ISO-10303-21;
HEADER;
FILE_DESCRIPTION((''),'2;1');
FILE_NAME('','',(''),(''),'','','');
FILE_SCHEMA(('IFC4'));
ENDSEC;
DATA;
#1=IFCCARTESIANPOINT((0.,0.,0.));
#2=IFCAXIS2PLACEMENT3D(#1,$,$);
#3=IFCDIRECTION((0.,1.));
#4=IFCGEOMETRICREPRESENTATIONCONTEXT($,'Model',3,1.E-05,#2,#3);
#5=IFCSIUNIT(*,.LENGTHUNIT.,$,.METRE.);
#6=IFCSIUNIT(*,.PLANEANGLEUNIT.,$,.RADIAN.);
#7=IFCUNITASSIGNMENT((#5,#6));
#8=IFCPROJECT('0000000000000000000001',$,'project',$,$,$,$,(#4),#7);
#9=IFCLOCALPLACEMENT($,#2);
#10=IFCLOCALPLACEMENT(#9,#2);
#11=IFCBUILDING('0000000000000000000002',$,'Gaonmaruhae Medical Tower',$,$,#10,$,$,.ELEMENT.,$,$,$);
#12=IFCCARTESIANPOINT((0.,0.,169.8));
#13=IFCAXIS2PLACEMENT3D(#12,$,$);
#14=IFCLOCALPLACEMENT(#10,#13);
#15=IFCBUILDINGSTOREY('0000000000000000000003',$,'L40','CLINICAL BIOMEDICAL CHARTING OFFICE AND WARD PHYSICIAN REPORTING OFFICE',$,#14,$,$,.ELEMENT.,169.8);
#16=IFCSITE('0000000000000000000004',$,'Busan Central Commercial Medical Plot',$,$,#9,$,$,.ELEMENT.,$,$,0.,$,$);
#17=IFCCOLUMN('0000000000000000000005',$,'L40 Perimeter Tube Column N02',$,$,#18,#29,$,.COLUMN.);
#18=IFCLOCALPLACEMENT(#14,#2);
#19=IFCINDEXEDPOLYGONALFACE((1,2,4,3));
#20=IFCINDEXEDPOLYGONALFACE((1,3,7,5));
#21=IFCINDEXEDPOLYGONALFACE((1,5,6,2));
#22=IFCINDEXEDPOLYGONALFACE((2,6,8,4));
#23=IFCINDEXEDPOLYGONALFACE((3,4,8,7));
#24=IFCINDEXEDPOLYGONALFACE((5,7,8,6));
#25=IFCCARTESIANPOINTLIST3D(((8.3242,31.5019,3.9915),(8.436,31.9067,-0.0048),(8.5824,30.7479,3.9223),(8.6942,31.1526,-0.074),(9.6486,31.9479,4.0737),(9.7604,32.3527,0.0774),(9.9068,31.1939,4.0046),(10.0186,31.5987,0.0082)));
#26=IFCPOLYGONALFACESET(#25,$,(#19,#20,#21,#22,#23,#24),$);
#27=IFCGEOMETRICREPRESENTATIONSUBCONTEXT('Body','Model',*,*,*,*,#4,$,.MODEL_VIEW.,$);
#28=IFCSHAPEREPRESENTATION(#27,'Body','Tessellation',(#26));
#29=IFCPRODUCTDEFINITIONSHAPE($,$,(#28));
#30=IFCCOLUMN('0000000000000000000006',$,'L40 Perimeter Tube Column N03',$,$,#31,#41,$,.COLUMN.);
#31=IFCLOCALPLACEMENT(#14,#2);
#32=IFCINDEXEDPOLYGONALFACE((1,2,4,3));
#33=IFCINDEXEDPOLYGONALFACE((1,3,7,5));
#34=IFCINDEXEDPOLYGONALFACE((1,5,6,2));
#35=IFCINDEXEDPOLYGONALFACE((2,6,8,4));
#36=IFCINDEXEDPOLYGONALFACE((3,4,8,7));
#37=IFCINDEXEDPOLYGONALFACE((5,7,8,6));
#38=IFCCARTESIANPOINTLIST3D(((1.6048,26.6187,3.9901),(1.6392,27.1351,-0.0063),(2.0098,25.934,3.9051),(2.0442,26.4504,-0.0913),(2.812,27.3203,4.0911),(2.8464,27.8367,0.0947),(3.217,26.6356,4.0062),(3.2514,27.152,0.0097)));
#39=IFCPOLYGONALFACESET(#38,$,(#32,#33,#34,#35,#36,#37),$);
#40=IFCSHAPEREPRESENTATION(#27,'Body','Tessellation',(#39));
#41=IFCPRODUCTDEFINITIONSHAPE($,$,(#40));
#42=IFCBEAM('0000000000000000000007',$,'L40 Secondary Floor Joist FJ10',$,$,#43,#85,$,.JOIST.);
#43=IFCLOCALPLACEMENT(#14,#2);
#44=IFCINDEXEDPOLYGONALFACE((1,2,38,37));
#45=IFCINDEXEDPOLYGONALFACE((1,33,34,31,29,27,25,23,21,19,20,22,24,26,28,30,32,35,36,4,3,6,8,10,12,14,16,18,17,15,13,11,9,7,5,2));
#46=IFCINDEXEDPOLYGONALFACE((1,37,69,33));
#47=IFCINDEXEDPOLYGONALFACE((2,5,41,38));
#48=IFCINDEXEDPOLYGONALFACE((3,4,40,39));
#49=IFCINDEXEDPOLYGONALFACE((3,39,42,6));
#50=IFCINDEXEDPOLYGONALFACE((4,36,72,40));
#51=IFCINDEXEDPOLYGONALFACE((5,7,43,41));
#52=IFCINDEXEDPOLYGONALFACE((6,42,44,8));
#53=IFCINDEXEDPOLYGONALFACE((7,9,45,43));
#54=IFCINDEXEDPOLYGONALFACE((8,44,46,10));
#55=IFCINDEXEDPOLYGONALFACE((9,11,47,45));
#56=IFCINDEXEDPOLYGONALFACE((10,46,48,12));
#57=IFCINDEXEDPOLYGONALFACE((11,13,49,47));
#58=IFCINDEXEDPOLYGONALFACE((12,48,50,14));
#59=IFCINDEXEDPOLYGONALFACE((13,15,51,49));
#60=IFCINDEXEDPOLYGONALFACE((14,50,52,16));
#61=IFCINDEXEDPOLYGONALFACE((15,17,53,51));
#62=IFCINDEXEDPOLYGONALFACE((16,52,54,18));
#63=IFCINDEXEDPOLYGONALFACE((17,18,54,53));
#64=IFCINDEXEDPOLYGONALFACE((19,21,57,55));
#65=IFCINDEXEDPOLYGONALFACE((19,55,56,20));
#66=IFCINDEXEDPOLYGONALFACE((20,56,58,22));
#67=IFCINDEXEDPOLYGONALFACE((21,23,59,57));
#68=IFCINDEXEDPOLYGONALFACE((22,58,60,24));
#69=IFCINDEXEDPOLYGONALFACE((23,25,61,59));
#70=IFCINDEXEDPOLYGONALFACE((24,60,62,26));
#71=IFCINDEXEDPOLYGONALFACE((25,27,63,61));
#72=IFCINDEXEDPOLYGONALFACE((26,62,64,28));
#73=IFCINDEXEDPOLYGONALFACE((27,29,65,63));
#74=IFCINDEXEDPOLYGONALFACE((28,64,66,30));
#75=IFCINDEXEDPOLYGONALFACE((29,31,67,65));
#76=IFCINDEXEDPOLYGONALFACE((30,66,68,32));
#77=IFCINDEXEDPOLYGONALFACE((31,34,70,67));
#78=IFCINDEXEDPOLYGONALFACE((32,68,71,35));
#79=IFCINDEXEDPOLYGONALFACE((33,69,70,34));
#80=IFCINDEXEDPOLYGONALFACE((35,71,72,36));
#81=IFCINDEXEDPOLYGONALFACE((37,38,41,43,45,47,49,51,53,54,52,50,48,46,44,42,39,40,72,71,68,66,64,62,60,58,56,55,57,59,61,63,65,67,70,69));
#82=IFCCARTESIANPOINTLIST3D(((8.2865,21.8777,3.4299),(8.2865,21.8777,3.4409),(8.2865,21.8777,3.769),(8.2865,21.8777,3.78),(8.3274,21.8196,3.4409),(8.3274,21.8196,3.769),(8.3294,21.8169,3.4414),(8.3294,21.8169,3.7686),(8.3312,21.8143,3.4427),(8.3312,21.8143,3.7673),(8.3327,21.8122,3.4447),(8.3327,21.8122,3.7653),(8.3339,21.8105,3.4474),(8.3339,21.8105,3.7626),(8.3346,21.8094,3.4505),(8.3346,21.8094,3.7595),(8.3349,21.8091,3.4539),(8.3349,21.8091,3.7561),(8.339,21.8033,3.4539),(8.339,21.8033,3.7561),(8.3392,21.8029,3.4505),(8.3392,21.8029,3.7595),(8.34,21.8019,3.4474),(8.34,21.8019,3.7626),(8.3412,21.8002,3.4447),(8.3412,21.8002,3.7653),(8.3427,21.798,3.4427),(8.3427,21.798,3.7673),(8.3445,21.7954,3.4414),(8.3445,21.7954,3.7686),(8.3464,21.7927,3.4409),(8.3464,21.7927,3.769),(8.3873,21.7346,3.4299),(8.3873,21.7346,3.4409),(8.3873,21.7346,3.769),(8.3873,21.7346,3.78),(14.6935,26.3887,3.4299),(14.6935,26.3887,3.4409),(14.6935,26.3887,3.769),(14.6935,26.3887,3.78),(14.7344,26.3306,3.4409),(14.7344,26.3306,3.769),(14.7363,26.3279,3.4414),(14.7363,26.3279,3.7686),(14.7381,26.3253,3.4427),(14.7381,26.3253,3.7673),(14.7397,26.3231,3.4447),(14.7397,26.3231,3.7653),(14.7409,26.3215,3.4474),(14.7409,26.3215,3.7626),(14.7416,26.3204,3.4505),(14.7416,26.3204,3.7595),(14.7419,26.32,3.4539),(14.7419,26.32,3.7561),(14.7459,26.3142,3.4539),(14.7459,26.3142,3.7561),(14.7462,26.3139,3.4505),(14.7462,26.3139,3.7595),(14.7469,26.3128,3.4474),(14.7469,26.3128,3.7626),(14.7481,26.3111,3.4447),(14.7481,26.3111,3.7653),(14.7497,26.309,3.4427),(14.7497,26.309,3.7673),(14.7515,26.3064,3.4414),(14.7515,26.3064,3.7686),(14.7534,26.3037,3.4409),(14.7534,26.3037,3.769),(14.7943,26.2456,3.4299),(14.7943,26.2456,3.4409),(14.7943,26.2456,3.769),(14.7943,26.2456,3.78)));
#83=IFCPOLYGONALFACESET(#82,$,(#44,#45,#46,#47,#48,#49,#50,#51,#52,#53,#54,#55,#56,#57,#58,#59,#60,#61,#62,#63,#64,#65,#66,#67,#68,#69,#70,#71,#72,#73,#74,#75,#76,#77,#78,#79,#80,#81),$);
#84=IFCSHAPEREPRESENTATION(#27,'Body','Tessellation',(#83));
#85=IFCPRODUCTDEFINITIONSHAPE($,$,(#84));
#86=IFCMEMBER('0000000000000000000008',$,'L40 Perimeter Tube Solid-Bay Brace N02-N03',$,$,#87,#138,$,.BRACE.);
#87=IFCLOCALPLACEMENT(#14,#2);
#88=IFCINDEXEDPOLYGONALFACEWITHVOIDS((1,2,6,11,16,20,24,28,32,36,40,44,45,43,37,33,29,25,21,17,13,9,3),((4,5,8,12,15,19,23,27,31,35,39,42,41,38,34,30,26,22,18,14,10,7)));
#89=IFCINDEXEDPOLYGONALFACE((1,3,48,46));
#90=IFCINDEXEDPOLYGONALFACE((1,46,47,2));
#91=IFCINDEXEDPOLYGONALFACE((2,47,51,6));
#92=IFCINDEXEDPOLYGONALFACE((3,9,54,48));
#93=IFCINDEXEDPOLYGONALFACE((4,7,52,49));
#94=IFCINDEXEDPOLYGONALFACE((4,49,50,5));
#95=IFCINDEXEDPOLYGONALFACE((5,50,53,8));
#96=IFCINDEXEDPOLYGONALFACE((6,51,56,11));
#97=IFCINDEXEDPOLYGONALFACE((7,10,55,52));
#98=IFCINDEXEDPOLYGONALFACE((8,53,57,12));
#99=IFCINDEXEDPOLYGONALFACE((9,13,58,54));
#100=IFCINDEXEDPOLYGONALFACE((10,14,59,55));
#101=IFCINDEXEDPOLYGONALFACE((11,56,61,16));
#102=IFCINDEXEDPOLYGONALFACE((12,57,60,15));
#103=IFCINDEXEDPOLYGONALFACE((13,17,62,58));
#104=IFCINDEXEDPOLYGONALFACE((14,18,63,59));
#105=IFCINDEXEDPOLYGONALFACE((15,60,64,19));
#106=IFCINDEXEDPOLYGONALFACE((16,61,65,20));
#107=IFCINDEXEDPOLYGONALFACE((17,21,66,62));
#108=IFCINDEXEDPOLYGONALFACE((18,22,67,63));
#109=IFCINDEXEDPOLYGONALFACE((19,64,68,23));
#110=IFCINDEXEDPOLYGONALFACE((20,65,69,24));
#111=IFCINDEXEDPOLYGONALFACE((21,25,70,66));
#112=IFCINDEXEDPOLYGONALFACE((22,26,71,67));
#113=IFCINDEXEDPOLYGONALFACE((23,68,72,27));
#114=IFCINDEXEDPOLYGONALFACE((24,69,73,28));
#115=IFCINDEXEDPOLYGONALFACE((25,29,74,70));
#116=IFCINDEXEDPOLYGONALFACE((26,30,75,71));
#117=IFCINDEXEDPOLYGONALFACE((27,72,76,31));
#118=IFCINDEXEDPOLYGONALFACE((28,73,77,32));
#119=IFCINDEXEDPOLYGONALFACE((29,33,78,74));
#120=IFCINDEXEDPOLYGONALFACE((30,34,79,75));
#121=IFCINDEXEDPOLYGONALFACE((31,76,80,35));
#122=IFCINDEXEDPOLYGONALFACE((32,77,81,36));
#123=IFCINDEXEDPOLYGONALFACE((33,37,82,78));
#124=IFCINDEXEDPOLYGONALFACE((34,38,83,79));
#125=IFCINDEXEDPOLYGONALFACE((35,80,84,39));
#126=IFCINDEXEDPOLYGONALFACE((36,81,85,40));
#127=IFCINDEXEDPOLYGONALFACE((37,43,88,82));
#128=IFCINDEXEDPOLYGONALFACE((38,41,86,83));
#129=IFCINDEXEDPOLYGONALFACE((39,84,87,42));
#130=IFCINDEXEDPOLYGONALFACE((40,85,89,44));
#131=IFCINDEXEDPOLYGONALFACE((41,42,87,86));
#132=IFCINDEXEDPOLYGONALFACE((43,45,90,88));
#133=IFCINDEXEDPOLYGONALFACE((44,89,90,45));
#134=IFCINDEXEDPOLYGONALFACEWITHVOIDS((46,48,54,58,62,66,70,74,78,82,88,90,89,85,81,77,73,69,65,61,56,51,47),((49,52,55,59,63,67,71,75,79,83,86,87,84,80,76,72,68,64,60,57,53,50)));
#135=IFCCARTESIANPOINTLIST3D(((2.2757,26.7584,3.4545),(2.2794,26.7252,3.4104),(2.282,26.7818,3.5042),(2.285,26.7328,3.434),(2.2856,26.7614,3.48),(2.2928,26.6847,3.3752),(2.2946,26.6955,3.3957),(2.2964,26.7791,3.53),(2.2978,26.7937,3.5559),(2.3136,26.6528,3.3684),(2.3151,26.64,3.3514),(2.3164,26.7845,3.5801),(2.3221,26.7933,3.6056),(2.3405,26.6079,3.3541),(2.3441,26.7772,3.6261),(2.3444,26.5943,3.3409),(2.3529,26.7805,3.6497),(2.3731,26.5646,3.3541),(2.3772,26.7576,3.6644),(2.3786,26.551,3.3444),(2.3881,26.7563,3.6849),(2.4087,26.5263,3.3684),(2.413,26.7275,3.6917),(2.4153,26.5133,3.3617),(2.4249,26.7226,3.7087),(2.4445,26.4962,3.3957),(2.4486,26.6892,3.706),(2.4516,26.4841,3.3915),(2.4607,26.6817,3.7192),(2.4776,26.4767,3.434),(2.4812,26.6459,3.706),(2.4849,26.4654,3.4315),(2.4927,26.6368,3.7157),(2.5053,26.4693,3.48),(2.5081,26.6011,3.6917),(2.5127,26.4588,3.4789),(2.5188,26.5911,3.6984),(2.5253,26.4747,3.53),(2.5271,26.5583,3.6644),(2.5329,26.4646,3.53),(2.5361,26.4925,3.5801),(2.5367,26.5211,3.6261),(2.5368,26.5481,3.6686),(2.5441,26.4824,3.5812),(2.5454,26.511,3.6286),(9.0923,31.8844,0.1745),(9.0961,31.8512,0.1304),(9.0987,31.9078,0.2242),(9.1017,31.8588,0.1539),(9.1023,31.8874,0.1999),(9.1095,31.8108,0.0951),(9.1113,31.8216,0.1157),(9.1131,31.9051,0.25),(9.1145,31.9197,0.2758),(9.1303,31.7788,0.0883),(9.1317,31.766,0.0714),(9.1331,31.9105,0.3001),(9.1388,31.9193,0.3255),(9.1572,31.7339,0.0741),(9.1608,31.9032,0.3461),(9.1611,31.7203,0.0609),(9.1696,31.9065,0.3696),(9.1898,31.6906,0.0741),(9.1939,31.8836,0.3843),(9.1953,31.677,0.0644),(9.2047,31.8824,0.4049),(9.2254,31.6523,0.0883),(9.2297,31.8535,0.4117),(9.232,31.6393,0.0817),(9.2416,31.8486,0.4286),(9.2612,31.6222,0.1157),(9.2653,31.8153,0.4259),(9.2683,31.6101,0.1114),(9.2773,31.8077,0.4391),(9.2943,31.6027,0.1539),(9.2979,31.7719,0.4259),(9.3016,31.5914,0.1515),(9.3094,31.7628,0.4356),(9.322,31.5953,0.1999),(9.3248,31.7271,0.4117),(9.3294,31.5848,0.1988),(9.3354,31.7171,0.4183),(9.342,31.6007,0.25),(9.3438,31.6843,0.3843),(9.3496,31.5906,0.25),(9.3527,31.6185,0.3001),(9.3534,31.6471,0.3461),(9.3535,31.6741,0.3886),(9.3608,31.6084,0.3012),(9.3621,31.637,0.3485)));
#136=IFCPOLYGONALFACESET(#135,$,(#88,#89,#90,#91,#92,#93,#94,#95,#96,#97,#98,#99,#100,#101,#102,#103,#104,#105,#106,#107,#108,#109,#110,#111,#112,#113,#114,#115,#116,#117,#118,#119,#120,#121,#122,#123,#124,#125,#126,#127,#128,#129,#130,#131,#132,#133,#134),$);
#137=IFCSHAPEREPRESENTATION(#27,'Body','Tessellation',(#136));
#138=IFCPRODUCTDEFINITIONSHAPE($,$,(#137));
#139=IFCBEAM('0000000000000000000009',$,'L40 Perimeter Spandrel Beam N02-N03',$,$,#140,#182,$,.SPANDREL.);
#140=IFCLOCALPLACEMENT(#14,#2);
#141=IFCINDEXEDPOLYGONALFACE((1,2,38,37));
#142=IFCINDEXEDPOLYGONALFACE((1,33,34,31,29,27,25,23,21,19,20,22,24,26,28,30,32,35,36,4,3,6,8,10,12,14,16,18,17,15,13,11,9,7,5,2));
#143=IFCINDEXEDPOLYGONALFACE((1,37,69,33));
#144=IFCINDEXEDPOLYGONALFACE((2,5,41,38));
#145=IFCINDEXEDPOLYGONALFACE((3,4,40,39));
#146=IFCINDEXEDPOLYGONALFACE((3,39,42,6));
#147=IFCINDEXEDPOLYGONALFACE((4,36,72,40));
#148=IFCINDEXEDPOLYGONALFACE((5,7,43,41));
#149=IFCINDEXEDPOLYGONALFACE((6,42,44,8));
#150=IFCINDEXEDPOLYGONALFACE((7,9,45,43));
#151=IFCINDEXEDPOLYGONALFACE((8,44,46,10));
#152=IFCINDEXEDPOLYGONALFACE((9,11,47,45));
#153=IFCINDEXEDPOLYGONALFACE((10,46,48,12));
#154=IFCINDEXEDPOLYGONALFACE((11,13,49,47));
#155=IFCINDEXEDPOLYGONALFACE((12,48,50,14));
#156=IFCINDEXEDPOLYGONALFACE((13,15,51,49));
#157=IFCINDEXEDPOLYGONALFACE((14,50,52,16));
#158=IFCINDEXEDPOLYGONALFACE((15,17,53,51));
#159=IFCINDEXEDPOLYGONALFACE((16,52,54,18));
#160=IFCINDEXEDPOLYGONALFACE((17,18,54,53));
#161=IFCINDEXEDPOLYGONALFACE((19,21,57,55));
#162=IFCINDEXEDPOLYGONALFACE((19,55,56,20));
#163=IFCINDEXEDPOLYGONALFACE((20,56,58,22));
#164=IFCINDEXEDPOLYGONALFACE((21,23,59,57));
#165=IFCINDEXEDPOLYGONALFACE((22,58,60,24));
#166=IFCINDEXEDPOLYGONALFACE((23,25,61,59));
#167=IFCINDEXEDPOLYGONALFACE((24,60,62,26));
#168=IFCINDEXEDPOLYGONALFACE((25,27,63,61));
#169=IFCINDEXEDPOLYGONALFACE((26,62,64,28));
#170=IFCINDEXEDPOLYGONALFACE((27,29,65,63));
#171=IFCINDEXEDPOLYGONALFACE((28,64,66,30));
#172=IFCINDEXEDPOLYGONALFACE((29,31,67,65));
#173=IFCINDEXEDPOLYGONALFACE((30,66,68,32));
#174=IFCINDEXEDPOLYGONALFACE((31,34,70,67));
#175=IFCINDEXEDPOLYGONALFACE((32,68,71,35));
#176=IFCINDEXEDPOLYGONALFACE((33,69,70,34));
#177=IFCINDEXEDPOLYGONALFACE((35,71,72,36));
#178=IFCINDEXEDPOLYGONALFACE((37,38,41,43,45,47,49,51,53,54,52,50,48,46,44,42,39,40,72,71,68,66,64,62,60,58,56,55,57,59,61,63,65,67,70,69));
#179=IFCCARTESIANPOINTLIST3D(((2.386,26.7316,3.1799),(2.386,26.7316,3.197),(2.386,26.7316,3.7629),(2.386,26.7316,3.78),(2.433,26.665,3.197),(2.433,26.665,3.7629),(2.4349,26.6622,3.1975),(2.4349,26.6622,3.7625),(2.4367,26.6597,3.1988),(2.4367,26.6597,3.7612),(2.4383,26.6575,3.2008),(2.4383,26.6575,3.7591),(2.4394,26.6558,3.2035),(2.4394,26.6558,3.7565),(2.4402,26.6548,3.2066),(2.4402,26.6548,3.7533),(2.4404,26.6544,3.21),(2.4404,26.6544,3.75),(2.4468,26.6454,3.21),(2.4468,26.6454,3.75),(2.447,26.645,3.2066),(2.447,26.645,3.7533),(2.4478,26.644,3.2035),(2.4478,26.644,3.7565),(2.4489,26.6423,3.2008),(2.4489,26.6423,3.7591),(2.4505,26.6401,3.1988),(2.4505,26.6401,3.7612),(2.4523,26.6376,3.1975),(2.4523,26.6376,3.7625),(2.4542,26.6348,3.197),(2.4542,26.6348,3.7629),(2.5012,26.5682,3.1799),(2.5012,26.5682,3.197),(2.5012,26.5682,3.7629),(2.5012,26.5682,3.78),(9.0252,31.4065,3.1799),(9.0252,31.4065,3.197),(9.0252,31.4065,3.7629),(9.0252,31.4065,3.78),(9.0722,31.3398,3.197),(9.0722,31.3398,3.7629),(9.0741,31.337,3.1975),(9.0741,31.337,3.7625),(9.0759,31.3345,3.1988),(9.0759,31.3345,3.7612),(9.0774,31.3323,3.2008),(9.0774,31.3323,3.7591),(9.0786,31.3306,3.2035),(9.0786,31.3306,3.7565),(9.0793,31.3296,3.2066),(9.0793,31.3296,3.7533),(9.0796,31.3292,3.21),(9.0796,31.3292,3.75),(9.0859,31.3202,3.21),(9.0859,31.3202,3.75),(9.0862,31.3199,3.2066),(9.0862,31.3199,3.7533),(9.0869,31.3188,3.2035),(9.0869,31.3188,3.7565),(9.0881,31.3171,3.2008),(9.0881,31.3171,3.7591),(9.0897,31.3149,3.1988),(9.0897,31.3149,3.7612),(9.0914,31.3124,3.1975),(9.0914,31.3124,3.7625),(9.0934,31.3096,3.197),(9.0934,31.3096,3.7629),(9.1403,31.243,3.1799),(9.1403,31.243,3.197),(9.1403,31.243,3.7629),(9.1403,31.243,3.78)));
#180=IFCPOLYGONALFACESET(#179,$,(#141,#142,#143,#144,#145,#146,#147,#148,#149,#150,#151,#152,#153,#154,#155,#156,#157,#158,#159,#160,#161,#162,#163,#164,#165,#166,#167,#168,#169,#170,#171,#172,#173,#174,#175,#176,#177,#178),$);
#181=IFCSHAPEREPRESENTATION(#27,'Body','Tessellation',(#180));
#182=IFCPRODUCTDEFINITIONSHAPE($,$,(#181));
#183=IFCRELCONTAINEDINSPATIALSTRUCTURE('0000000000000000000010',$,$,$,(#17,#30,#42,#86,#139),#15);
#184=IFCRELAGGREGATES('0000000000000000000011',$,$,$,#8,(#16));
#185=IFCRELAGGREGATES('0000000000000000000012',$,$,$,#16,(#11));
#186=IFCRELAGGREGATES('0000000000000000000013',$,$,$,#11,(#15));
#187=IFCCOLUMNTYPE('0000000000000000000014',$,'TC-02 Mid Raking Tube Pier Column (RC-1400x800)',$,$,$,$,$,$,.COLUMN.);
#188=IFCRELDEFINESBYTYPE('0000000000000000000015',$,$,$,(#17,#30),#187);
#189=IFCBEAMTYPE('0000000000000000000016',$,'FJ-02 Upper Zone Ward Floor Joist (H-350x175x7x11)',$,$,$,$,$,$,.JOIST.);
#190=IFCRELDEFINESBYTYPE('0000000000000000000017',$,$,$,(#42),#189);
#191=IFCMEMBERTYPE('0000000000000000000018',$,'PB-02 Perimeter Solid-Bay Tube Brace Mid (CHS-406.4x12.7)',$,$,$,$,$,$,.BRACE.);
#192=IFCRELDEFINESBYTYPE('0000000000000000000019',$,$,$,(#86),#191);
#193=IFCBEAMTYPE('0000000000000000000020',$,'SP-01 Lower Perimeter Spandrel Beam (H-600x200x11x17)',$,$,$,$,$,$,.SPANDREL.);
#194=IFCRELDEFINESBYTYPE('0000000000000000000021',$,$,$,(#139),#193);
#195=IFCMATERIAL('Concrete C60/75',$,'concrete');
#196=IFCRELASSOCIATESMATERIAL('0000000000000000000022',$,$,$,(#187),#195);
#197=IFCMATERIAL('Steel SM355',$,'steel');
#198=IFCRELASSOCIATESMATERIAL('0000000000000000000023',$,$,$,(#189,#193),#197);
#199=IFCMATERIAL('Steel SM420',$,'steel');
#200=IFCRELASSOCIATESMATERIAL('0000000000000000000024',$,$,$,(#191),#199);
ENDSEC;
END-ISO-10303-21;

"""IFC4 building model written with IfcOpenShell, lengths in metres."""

from ifc_helpers import new_model, si_unit, direction, frame, origin, origin_2d, place, context, subcontext, project, spatial, rectangle, hollow_circle, i_section, extrude, material, material_profile, profile_set, type_object, element, save


model = new_model("IFC4")

# Units and contexts
model_context = context("Model", 3, precision=1e-05, world=origin(), true_north=direction((0.0, 1.0)))
body_context = subcontext(model_context, "Body", "Model", "MODEL_VIEW")
ifc_project = project(units=[si_unit("LENGTHUNIT", "METRE"), si_unit("PLANEANGLEUNIT", "RADIAN")], contexts=[model_context])

# Site, building, storey
site_placement = place(None, origin())
site = spatial("IfcSite", under=ifc_project, at=site_placement, Name="Busan Central Commercial Medical Plot", CompositionType="ELEMENT", RefElevation=0.0)
building_placement = place(site_placement, origin())
building = spatial("IfcBuilding", under=site, at=building_placement, Name="Gaonmaruhae Medical Tower", CompositionType="ELEMENT")
storey_placement = place(building_placement, frame((0.0, 0.0, 169.8)))
storey = spatial("IfcBuildingStorey", under=building, at=storey_placement, Name="L40", Description="CLINICAL BIOMEDICAL CHARTING OFFICE AND WARD PHYSICIAN REPORTING OFFICE", CompositionType="ELEMENT", Elevation=169.8)

# Columns
ifc_material_1 = material(Name="Concrete C60/75", Category="concrete")
ifc_material_profile_1 = material_profile(ifc_material_1, rectangle(XDim=1.3999, YDim=0.8, at=origin_2d()), Name="RC-1400x800")
ifc_profile_set_1 = profile_set([ifc_material_profile_1], Name="Concrete C60/75")
column_type = type_object("IfcColumnType", Name="TC-02 Mid Raking Tube Pier Column (RC-1400x800)", PredefinedType="COLUMN", material=ifc_profile_set_1)
column_1_placement = place(storey_placement, frame((9.2273, 31.7527, 0.0017), z_axis=(-0.027827, -0.100734, 0.994524), x_axis=(0.946066, 0.318603, 0.058742)))
element("IfcColumn", 1, at=column_1_placement, inside=storey, type_object=column_type, Name="L40 Perimeter Tube Column N02", PredefinedType="COLUMN", context=body_context, shape_type="SweptSolid", body=[
    extrude(rectangle(XDim=1.3999, YDim=0.8, at=origin_2d()), origin(), (0.0, 0.0, 1.0), 4.0183),
])
column_2_placement = place(storey_placement, frame((2.4453, 27.1436, 0.0017), z_axis=(-0.008543, -0.128138, 0.99172), x_axis=(0.862328, 0.501178, 0.072184)))
element("IfcColumn", 2, at=column_2_placement, inside=storey, type_object=column_type, Name="L40 Perimeter Tube Column N03", PredefinedType="COLUMN", context=body_context, shape_type="SweptSolid", body=[
    extrude(rectangle(XDim=1.3999, YDim=0.8, at=origin_2d()), origin(), (0.0, 0.0, 1.0), 4.0298),
])

# Beam
ifc_material_2 = material(Name="Steel SM355", Category="steel")
ifc_material_profile_2 = material_profile(ifc_material_2, i_section(OverallWidth=0.175, OverallDepth=0.3501, WebThickness=0.0071, FlangeThickness=0.011, FilletRadius=0.0129, at=origin_2d()), Name="H-350x175x7x11")
ifc_profile_set_2 = profile_set([ifc_material_profile_2], Name="Steel SM355")
beam_type_1 = type_object("IfcBeamType", Name="FJ-02 Upper Zone Ward Floor Joist (H-350x175x7x11)", PredefinedType="JOIST", material=ifc_profile_set_2)
beam_1_placement = place(storey_placement, frame((14.7439, 26.3171, 3.605), z_axis=(-0.817664, -0.575696, 0.0), x_axis=(0.575696, -0.817664, 0.0)))
element("IfcBeam", 3, at=beam_1_placement, inside=storey, type_object=beam_type_1, Name="L40 Secondary Floor Joist FJ10", PredefinedType="JOIST", context=body_context, shape_type="SweptSolid", body=[
    extrude(i_section(OverallWidth=0.175, OverallDepth=0.3501, WebThickness=0.0071, FlangeThickness=0.011, FilletRadius=0.0129, at=origin_2d()), origin(), (0.0, 0.0, 1.0), 7.8357),
])

# Member
ifc_material_3 = material(Name="Steel SM420", Category="steel")
ifc_material_profile_3 = material_profile(ifc_material_3, hollow_circle(Radius=0.2031, WallThickness=0.0127, at=origin_2d()), Name="CHS-406.4x12.7")
ifc_profile_set_3 = profile_set([ifc_material_profile_3], Name="Steel SM420")
member_type = type_object("IfcMemberType", Name="PB-02 Perimeter Solid-Bay Tube Brace Mid (CHS-406.4x12.7)", PredefinedType="BRACE", material=ifc_profile_set_3)
member_placement = place(storey_placement, frame((9.2275, 31.7529, 0.25), z_axis=(-0.745977, -0.560959, 0.358948), x_axis=(0.601012, -0.79924, 0.0)))
element("IfcMember", 4, at=member_placement, inside=storey, type_object=member_type, Name="L40 Perimeter Tube Solid-Bay Brace N02-N03", PredefinedType="BRACE", context=body_context, shape_type="SweptSolid", body=[
    extrude(hollow_circle(Radius=0.2031, WallThickness=0.0127, at=origin_2d()), origin(), (0.0, 0.0, 1.0), 9.1379),
])

# Beam
ifc_material_profile_4 = material_profile(ifc_material_2, i_section(OverallWidth=0.2, OverallDepth=0.6001, WebThickness=0.011, FlangeThickness=0.0171, FilletRadius=0.0129, at=origin_2d()), Name="H-600x200x11x17")
ifc_profile_set_4 = profile_set([ifc_material_profile_4], Name="Steel SM355")
beam_type_2 = type_object("IfcBeamType", Name="SP-01 Lower Perimeter Spandrel Beam (H-600x200x11x17)", PredefinedType="SPANDREL", material=ifc_profile_set_4)
beam_2_placement = place(storey_placement, frame((9.0828, 31.3247, 3.48), z_axis=(-0.817644, -0.575724, 0.0), x_axis=(0.575724, -0.817644, 0.0)))
element("IfcBeam", 5, at=beam_2_placement, inside=storey, type_object=beam_type_2, Name="L40 Perimeter Spandrel Beam N02-N03", PredefinedType="SPANDREL", context=body_context, shape_type="SweptSolid", body=[
    extrude(i_section(OverallWidth=0.2, OverallDepth=0.6001, WebThickness=0.011, FlangeThickness=0.0171, FilletRadius=0.0129, at=origin_2d()), origin(), (0.0, 0.0, 1.0), 8.1199),
])

save(model, "model.ifc")
